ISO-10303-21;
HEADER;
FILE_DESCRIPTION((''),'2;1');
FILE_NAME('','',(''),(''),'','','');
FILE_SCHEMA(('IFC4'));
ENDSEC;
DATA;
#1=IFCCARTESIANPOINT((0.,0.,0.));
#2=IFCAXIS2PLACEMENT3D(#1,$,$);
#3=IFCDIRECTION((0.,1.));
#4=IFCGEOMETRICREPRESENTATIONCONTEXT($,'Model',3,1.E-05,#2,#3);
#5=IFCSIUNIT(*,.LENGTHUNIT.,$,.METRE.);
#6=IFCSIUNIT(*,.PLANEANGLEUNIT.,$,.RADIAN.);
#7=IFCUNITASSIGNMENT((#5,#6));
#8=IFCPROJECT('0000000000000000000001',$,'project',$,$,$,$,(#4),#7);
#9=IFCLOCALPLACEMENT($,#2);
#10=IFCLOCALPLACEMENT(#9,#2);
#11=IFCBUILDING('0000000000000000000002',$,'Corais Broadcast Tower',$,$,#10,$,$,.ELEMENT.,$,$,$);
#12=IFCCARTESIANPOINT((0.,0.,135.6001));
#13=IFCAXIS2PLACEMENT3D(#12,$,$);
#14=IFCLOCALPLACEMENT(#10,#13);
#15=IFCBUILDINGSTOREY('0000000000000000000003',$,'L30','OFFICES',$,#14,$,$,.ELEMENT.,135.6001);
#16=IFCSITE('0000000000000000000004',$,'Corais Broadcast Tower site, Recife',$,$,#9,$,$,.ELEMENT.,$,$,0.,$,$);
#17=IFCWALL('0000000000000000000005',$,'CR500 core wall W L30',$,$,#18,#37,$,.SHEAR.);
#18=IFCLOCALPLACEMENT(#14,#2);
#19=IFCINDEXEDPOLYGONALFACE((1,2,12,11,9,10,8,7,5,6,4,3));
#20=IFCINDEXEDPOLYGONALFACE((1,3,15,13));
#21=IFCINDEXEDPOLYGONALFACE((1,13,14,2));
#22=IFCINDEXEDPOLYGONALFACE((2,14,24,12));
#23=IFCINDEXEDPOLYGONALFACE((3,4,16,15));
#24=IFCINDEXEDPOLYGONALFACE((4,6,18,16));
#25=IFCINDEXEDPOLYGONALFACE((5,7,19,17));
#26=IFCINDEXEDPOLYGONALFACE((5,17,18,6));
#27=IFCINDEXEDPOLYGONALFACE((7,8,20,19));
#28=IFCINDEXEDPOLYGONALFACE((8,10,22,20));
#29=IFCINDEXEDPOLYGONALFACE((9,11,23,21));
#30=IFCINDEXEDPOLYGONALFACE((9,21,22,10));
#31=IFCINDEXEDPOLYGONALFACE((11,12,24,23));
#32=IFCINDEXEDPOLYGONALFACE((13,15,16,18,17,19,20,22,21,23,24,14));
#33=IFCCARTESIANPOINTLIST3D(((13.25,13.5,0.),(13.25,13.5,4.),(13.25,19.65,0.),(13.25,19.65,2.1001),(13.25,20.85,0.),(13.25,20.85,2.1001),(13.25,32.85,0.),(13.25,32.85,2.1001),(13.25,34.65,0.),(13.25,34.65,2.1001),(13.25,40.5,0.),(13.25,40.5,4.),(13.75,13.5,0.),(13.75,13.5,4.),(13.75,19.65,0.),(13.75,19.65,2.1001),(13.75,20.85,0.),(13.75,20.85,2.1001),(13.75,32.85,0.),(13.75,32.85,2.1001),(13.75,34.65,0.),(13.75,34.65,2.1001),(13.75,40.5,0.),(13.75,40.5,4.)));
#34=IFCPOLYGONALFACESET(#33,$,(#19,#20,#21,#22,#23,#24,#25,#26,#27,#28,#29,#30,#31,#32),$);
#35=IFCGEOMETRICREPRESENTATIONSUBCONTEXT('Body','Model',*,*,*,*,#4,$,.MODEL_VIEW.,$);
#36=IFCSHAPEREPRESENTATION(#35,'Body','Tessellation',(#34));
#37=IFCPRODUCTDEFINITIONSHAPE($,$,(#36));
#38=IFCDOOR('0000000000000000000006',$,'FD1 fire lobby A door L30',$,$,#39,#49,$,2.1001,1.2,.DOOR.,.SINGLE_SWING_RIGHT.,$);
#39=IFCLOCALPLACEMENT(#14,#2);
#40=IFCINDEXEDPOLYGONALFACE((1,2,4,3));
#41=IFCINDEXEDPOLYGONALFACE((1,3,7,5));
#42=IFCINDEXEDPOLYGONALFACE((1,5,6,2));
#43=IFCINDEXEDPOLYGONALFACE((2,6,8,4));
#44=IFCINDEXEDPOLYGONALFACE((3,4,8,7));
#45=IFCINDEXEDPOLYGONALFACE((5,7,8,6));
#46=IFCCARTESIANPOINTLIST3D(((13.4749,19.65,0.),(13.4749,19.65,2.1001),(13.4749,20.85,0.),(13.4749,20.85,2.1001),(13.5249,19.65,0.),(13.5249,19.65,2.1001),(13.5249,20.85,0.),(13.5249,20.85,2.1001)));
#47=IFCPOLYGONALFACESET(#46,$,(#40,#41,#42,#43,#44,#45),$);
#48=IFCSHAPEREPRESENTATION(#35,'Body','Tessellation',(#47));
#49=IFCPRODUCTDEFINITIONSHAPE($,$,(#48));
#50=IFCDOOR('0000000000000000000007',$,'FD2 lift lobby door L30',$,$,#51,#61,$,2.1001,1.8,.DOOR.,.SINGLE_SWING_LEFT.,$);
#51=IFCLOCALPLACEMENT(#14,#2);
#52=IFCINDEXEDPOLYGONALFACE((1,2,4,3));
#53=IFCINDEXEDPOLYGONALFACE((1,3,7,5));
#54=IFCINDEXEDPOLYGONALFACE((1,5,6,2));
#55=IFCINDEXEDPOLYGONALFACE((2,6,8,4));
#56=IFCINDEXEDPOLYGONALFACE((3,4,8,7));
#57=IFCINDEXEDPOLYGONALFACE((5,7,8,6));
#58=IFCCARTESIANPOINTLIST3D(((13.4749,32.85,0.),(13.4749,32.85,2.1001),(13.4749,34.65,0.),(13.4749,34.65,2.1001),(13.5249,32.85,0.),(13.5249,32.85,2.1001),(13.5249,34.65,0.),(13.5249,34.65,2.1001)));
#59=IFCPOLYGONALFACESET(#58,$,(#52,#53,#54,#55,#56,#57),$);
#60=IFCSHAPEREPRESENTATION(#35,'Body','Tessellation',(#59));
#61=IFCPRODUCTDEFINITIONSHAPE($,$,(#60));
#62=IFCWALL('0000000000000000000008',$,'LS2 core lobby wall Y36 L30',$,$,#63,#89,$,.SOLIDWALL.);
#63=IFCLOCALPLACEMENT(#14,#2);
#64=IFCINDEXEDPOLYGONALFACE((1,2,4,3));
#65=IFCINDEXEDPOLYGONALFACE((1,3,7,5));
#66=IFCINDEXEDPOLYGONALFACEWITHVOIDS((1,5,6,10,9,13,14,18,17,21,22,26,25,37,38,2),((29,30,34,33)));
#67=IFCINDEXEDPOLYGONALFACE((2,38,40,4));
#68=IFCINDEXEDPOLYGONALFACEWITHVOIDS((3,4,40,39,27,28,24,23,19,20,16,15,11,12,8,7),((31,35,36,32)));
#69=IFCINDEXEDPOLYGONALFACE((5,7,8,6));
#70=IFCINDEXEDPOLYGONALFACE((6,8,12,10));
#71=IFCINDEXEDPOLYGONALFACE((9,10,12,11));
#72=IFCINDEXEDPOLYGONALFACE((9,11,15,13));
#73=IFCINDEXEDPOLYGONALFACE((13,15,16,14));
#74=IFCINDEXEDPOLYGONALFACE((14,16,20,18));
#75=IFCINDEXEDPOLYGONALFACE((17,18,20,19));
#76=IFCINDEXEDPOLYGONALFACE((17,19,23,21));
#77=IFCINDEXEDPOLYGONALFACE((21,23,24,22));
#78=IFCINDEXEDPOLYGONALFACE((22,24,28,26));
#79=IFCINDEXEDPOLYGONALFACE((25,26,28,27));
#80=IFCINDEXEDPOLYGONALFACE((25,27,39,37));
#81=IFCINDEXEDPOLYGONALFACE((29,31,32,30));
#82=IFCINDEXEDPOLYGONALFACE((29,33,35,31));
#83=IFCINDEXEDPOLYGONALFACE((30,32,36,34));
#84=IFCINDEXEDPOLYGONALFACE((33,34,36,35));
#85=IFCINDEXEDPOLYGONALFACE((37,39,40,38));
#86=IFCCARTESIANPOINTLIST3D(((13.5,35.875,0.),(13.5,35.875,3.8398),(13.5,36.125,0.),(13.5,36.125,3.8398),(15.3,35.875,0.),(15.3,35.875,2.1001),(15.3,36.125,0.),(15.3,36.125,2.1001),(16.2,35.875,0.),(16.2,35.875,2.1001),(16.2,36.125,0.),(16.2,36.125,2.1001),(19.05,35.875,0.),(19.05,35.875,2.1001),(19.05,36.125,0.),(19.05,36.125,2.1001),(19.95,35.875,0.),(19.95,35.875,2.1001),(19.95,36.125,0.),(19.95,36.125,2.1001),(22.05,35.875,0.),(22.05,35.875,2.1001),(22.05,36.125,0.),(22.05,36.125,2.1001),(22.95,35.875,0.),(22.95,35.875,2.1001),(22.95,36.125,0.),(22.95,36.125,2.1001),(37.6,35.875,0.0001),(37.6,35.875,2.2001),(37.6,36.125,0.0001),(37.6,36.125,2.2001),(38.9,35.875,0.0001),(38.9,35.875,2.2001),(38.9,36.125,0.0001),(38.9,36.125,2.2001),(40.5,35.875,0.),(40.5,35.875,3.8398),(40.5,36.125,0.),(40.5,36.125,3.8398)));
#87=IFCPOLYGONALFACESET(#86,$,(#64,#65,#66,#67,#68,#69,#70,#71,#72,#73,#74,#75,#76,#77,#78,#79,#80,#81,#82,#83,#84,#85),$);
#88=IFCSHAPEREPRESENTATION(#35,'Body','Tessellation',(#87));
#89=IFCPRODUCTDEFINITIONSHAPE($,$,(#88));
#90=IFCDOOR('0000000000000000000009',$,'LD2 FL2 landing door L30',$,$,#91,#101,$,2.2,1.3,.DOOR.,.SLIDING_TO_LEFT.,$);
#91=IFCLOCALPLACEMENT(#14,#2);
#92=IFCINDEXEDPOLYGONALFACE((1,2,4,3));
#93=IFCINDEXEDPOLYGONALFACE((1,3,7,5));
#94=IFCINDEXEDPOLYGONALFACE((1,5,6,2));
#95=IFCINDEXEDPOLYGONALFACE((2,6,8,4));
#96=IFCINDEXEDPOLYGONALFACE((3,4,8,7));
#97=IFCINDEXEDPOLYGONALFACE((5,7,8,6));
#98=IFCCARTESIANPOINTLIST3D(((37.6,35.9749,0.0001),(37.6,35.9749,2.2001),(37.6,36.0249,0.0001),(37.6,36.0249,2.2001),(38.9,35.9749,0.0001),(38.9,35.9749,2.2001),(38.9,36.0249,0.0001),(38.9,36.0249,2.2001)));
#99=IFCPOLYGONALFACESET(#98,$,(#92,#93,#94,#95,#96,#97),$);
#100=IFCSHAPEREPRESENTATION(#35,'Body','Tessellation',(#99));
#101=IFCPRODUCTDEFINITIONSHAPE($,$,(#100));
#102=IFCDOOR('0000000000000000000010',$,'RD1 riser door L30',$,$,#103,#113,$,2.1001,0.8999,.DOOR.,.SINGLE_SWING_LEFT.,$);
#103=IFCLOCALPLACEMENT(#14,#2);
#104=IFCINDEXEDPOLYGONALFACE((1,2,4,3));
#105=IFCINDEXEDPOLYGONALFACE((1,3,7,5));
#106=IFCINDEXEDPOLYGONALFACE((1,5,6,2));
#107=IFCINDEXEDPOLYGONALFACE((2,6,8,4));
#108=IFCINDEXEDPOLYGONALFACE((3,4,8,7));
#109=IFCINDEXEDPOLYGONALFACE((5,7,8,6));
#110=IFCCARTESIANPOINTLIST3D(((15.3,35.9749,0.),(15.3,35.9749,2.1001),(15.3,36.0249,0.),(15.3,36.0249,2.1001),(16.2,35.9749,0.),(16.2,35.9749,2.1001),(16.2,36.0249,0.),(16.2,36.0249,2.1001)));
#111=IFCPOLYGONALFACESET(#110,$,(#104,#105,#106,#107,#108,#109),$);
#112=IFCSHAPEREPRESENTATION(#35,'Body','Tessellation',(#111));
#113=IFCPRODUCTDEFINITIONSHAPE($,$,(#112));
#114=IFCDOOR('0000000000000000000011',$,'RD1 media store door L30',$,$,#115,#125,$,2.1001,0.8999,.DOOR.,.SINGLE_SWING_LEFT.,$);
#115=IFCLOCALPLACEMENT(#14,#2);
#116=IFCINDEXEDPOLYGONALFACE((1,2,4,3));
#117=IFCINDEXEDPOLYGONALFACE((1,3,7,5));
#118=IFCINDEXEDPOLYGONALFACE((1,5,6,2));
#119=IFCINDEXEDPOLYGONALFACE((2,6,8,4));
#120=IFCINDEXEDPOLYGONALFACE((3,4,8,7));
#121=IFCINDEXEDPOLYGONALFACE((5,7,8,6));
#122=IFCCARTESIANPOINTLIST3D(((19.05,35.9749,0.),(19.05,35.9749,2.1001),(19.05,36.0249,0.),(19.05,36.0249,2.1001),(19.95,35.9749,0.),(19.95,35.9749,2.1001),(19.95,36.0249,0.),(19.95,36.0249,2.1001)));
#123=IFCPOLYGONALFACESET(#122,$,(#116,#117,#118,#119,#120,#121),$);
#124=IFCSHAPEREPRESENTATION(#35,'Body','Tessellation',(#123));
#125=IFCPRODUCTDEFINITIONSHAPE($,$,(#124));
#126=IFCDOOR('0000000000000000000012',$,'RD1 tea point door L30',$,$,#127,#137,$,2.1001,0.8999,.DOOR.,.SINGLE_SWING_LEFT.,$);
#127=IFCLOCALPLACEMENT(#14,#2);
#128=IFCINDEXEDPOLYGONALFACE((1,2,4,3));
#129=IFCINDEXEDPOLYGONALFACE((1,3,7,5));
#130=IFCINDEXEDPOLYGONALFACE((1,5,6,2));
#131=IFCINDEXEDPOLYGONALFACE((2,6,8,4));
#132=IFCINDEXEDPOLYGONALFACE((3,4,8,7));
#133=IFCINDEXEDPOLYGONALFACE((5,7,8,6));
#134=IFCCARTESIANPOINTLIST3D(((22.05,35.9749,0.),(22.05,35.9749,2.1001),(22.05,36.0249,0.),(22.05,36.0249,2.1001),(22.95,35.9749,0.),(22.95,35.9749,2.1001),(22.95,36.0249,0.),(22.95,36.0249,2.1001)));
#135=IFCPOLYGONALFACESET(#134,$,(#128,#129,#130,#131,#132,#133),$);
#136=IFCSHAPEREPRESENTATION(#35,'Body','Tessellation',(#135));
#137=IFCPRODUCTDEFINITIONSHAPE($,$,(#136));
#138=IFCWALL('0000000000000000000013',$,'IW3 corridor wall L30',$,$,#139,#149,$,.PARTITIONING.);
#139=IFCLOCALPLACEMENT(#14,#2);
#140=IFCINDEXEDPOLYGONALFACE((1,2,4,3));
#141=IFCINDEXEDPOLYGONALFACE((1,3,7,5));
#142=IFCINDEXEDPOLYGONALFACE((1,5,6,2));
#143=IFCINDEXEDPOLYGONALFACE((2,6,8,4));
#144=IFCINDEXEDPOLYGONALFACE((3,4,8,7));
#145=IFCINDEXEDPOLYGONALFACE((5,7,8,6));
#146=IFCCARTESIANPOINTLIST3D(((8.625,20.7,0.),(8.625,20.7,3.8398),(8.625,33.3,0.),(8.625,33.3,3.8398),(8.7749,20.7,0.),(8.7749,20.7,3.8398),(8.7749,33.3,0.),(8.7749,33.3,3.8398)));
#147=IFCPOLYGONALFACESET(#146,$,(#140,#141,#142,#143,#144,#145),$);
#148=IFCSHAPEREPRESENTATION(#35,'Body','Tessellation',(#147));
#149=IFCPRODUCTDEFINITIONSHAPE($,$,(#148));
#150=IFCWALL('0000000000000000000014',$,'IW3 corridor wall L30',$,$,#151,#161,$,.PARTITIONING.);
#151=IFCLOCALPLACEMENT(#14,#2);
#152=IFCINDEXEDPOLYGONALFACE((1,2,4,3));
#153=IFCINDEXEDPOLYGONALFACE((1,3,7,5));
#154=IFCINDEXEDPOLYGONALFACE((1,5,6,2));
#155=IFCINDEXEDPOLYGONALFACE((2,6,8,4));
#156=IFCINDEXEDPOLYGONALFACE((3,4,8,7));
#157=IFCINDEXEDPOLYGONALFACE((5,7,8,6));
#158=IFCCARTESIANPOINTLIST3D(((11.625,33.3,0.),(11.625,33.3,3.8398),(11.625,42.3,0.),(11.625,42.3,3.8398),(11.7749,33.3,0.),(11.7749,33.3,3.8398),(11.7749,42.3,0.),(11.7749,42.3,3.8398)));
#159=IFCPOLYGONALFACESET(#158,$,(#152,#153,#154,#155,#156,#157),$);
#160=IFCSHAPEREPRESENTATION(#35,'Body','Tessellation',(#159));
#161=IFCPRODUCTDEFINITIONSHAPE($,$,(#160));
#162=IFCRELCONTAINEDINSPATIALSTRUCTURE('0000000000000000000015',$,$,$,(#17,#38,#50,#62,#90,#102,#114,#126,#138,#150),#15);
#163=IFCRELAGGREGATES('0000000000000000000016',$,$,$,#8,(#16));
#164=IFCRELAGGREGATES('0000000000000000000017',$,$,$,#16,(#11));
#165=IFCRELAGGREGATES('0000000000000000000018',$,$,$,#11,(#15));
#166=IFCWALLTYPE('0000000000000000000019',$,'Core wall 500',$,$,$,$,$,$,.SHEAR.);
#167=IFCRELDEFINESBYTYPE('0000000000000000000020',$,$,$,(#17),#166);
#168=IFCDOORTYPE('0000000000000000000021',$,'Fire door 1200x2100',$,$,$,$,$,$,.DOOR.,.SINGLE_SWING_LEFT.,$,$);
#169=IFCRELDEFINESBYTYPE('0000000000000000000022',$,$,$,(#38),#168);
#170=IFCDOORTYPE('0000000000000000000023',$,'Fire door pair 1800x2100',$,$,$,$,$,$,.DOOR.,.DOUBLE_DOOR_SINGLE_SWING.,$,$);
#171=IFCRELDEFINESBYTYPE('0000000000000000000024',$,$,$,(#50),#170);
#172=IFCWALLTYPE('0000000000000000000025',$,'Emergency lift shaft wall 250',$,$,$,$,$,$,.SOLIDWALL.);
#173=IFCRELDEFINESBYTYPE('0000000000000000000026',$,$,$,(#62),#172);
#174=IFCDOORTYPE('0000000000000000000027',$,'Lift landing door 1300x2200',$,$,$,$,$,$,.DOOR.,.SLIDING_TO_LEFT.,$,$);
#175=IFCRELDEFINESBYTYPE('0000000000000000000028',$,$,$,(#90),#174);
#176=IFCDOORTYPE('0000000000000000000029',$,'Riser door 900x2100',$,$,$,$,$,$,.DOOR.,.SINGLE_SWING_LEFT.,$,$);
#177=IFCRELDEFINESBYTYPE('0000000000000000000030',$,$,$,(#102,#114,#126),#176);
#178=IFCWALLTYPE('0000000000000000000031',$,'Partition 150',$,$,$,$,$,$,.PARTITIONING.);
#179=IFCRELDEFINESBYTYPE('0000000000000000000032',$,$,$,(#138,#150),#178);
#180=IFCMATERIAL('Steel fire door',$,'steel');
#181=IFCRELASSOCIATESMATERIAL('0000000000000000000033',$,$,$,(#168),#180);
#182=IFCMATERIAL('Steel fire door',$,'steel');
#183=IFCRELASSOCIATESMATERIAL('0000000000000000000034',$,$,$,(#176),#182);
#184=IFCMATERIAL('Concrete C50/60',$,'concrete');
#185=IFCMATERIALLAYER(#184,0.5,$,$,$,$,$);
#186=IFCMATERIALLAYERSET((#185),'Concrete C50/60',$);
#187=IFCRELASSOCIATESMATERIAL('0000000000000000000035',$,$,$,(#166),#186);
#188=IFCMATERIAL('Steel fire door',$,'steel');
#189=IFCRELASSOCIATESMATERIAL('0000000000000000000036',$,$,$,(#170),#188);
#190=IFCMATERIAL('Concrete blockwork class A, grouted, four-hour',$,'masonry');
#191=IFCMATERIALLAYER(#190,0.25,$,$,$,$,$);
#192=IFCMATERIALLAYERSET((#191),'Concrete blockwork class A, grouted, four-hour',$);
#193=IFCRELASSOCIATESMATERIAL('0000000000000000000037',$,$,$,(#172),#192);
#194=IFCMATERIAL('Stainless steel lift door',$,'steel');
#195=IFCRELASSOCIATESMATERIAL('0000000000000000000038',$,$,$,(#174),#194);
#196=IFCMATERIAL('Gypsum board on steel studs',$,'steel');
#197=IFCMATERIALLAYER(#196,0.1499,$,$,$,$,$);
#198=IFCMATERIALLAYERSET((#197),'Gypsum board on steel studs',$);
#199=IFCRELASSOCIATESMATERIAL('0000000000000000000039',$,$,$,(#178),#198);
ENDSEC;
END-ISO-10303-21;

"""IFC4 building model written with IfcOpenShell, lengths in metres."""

from ifc_helpers import new_model, si_unit, direction, frame, frame_2d, origin, place, context, subcontext, project, spatial, rectangle, extrude, material, layer, layer_set, type_object, element, fill, save


model = new_model("IFC4")

# Units and contexts
model_context = context("Model", 3, precision=1e-05, world=origin(), true_north=direction((0.0, 1.0)))
body_context = subcontext(model_context, "Body", "Model", "MODEL_VIEW")
ifc_project = project(units=[si_unit("LENGTHUNIT", "METRE"), si_unit("PLANEANGLEUNIT", "RADIAN")], contexts=[model_context])

# Site, building, storey
site_placement = place(None, origin())
site = spatial("IfcSite", under=ifc_project, at=site_placement, Name="Corais Broadcast Tower site, Recife", CompositionType="ELEMENT", RefElevation=0.0)
building_placement = place(site_placement, origin())
building = spatial("IfcBuilding", under=site, at=building_placement, Name="Corais Broadcast Tower", CompositionType="ELEMENT")
storey_placement = place(building_placement, frame((0.0, 0.0, 135.6001)))
storey = spatial("IfcBuildingStorey", under=building, at=storey_placement, Name="L30", Description="OFFICES", CompositionType="ELEMENT", Elevation=135.6001)

# Walls, openings, doors
ifc_material_1 = material(Name="Steel fire door", Category="steel")
door_type_1 = type_object("IfcDoorType", Name="Fire door 1200x2100", OperationType="SINGLE_SWING_LEFT", PredefinedType="DOOR", material=ifc_material_1)
ifc_material_2 = material(Name="Steel fire door", Category="steel")
door_type_2 = type_object("IfcDoorType", Name="Riser door 900x2100", OperationType="SINGLE_SWING_LEFT", PredefinedType="DOOR", material=ifc_material_2)
ifc_material_3 = material(Name="Concrete C50/60", Category="concrete")
ifc_layer_1 = layer(ifc_material_3, 0.5)
ifc_layer_set_1 = layer_set([ifc_layer_1], Name="Concrete C50/60")
wall_type_1 = type_object("IfcWallType", Name="Core wall 500", PredefinedType="SHEAR", material=ifc_layer_set_1)
wall_1_placement = place(storey_placement, frame((13.5, 40.5, 0.0), z_axis=(0.0, 0.0, 1.0), x_axis=(0.0, -1.0, 0.0)))
wall_1 = element("IfcWall", 1, at=wall_1_placement, inside=storey, type_object=wall_type_1, Name="CR500 core wall W L30", PredefinedType="SHEAR", context=body_context, shape_type="SweptSolid", body=[
    extrude(rectangle(XDim=27.0, YDim=0.5, at=frame_2d((13.5, 0.0))), origin(), (0.0, 0.0, 1.0), 4.0),
])
opening_1_placement = place(wall_1_placement, frame((19.6499, 0.0, 0.0)))
opening_1 = element("IfcOpeningElement", 2, at=opening_1_placement, cuts=wall_1, PredefinedType="OPENING", context=body_context, shape_type="SweptSolid", body=[
    extrude(rectangle(XDim=1.2, YDim=2.1001, at=frame_2d((0.6001, 1.05))), frame((0.0, 0.26, 0.0), z_axis=(0.0, -1.0, 0.0), x_axis=(1.0, 0.0, 0.0)), (0.0, 0.0, 1.0), 0.52),
])
opening_2_placement = place(wall_1_placement, frame((5.8501, 0.0, 0.0)))
opening_2 = element("IfcOpeningElement", 3, at=opening_2_placement, cuts=wall_1, PredefinedType="OPENING", context=body_context, shape_type="SweptSolid", body=[
    extrude(rectangle(XDim=1.8, YDim=2.1001, at=frame_2d((0.8999, 1.05))), frame((0.0, 0.26, 0.0), z_axis=(0.0, -1.0, 0.0), x_axis=(1.0, 0.0, 0.0)), (0.0, 0.0, 1.0), 0.52),
])
door_1_placement = place(opening_1_placement, origin())
door_1 = element("IfcDoor", 4, at=door_1_placement, inside=storey, type_object=door_type_1, Name="FD1 fire lobby A door L30", OperationType="SINGLE_SWING_RIGHT", OverallHeight=2.1001, OverallWidth=1.2, PredefinedType="DOOR", context=body_context, shape_type="SweptSolid", body=[
    extrude(rectangle(XDim=1.2, YDim=2.1001, at=frame_2d((0.6001, 1.05))), frame((0.0, 0.0249, 0.0), z_axis=(0.0, -1.0, 0.0), x_axis=(1.0, 0.0, 0.0)), (0.0, 0.0, 1.0), 0.05),
])
fill(opening_1, door_1)
ifc_material_4 = material(Name="Steel fire door", Category="steel")
door_type_3 = type_object("IfcDoorType", Name="Fire door pair 1800x2100", OperationType="DOUBLE_DOOR_SINGLE_SWING", PredefinedType="DOOR", material=ifc_material_4)
door_2_placement = place(opening_2_placement, origin())
door_2 = element("IfcDoor", 5, at=door_2_placement, inside=storey, type_object=door_type_3, Name="FD2 lift lobby door L30", OperationType="SINGLE_SWING_LEFT", OverallHeight=2.1001, OverallWidth=1.8, PredefinedType="DOOR", context=body_context, shape_type="SweptSolid", body=[
    extrude(rectangle(XDim=1.8, YDim=2.1001, at=frame_2d((0.8999, 1.05))), frame((0.0, 0.0249, 0.0), z_axis=(0.0, -1.0, 0.0), x_axis=(1.0, 0.0, 0.0)), (0.0, 0.0, 1.0), 0.05),
])
fill(opening_2, door_2)
ifc_material_5 = material(Name="Concrete blockwork class A, grouted, four-hour", Category="masonry")
ifc_layer_2 = layer(ifc_material_5, 0.25)
ifc_layer_set_2 = layer_set([ifc_layer_2], Name="Concrete blockwork class A, grouted, four-hour")
wall_type_2 = type_object("IfcWallType", Name="Emergency lift shaft wall 250", PredefinedType="SOLIDWALL", material=ifc_layer_set_2)
wall_2_placement = place(storey_placement, frame((13.5, 36.0, 0.0), z_axis=(0.0, 0.0, 1.0), x_axis=(1.0, 0.0, 0.0)))
wall_2 = element("IfcWall", 6, at=wall_2_placement, inside=storey, type_object=wall_type_2, Name="LS2 core lobby wall Y36 L30", PredefinedType="SOLIDWALL", context=body_context, shape_type="SweptSolid", body=[
    extrude(rectangle(XDim=27.0, YDim=0.25, at=frame_2d((13.5, 0.0))), origin(), (0.0, 0.0, 1.0), 3.8398),
])
opening_3_placement = place(wall_2_placement, frame((1.8, 0.0, 0.0)))
opening_3 = element("IfcOpeningElement", 7, at=opening_3_placement, cuts=wall_2, PredefinedType="OPENING", context=body_context, shape_type="SweptSolid", body=[
    extrude(rectangle(XDim=0.8999, YDim=2.1001, at=frame_2d((0.45, 1.05))), frame((0.0, 0.135, 0.0), z_axis=(0.0, -1.0, 0.0), x_axis=(1.0, 0.0, 0.0)), (0.0, 0.0, 1.0), 0.27),
])
opening_4_placement = place(wall_2_placement, frame((5.55, 0.0, 0.0)))
opening_4 = element("IfcOpeningElement", 8, at=opening_4_placement, cuts=wall_2, PredefinedType="OPENING", context=body_context, shape_type="SweptSolid", body=[
    extrude(rectangle(XDim=0.8999, YDim=2.1001, at=frame_2d((0.45, 1.05))), frame((0.0, 0.135, 0.0), z_axis=(0.0, -1.0, 0.0), x_axis=(1.0, 0.0, 0.0)), (0.0, 0.0, 1.0), 0.27),
])
opening_5_placement = place(wall_2_placement, frame((8.55, 0.0, 0.0)))
opening_5 = element("IfcOpeningElement", 9, at=opening_5_placement, cuts=wall_2, PredefinedType="OPENING", context=body_context, shape_type="SweptSolid", body=[
    extrude(rectangle(XDim=0.8999, YDim=2.1001, at=frame_2d((0.45, 1.05))), frame((0.0, 0.135, 0.0), z_axis=(0.0, -1.0, 0.0), x_axis=(1.0, 0.0, 0.0)), (0.0, 0.0, 1.0), 0.27),
])
opening_6_placement = place(wall_2_placement, frame((24.1001, 0.0, 0.0)))
opening_6 = element("IfcOpeningElement", 10, at=opening_6_placement, cuts=wall_2, PredefinedType="OPENING", context=body_context, shape_type="SweptSolid", body=[
    extrude(rectangle(XDim=1.3, YDim=2.2, at=frame_2d((0.6499, 1.1001))), frame((0.0, 0.135, 0.0), z_axis=(0.0, -1.0, 0.0), x_axis=(1.0, 0.0, 0.0)), (0.0, 0.0, 1.0), 0.27),
])
ifc_material_6 = material(Name="Stainless steel lift door", Category="steel")
door_type_4 = type_object("IfcDoorType", Name="Lift landing door 1300x2200", OperationType="SLIDING_TO_LEFT", PredefinedType="DOOR", material=ifc_material_6)
door_3_placement = place(opening_6_placement, origin())
door_3 = element("IfcDoor", 11, at=door_3_placement, inside=storey, type_object=door_type_4, Name="LD2 FL2 landing door L30", OperationType="SLIDING_TO_LEFT", OverallHeight=2.2, OverallWidth=1.3, PredefinedType="DOOR", context=body_context, shape_type="SweptSolid", body=[
    extrude(rectangle(XDim=1.3, YDim=2.2, at=frame_2d((0.6499, 1.1001))), frame((0.0, 0.0249, 0.0), z_axis=(0.0, -1.0, 0.0), x_axis=(1.0, 0.0, 0.0)), (0.0, 0.0, 1.0), 0.05),
])
fill(opening_6, door_3)
door_4_placement = place(opening_3_placement, origin())
door_4 = element("IfcDoor", 12, at=door_4_placement, inside=storey, type_object=door_type_2, Name="RD1 riser door L30", OperationType="SINGLE_SWING_LEFT", OverallHeight=2.1001, OverallWidth=0.8999, PredefinedType="DOOR", context=body_context, shape_type="SweptSolid", body=[
    extrude(rectangle(XDim=0.8999, YDim=2.1001, at=frame_2d((0.45, 1.05))), frame((0.0, 0.0249, 0.0), z_axis=(0.0, -1.0, 0.0), x_axis=(1.0, 0.0, 0.0)), (0.0, 0.0, 1.0), 0.05),
])
fill(opening_3, door_4)
door_5_placement = place(opening_4_placement, origin())
door_5 = element("IfcDoor", 13, at=door_5_placement, inside=storey, type_object=door_type_2, Name="RD1 media store door L30", OperationType="SINGLE_SWING_LEFT", OverallHeight=2.1001, OverallWidth=0.8999, PredefinedType="DOOR", context=body_context, shape_type="SweptSolid", body=[
    extrude(rectangle(XDim=0.8999, YDim=2.1001, at=frame_2d((0.45, 1.05))), frame((0.0, 0.0249, 0.0), z_axis=(0.0, -1.0, 0.0), x_axis=(1.0, 0.0, 0.0)), (0.0, 0.0, 1.0), 0.05),
])
fill(opening_4, door_5)
door_6_placement = place(opening_5_placement, origin())
door_6 = element("IfcDoor", 14, at=door_6_placement, inside=storey, type_object=door_type_2, Name="RD1 tea point door L30", OperationType="SINGLE_SWING_LEFT", OverallHeight=2.1001, OverallWidth=0.8999, PredefinedType="DOOR", context=body_context, shape_type="SweptSolid", body=[
    extrude(rectangle(XDim=0.8999, YDim=2.1001, at=frame_2d((0.45, 1.05))), frame((0.0, 0.0249, 0.0), z_axis=(0.0, -1.0, 0.0), x_axis=(1.0, 0.0, 0.0)), (0.0, 0.0, 1.0), 0.05),
])
fill(opening_5, door_6)

# Walls
ifc_material_7 = material(Name="Gypsum board on steel studs", Category="steel")
ifc_layer_3 = layer(ifc_material_7, 0.1499)
ifc_layer_set_3 = layer_set([ifc_layer_3], Name="Gypsum board on steel studs")
wall_type_3 = type_object("IfcWallType", Name="Partition 150", PredefinedType="PARTITIONING", material=ifc_layer_set_3)
wall_3_placement = place(storey_placement, frame((8.7, 33.3, 0.0), z_axis=(0.0, 0.0, 1.0), x_axis=(0.0, -1.0, 0.0)))
element("IfcWall", 15, at=wall_3_placement, inside=storey, type_object=wall_type_3, Name="IW3 corridor wall L30", PredefinedType="PARTITIONING", context=body_context, shape_type="SweptSolid", body=[
    extrude(rectangle(XDim=12.6001, YDim=0.1499, at=frame_2d((6.3, 0.0))), origin(), (0.0, 0.0, 1.0), 3.8398),
])
wall_4_placement = place(storey_placement, frame((11.7, 42.3, 0.0), z_axis=(0.0, 0.0, 1.0), x_axis=(0.0, -1.0, 0.0)))
element("IfcWall", 16, at=wall_4_placement, inside=storey, type_object=wall_type_3, Name="IW3 corridor wall L30", PredefinedType="PARTITIONING", context=body_context, shape_type="SweptSolid", body=[
    extrude(rectangle(XDim=9.0, YDim=0.1499, at=frame_2d((4.5, 0.0))), origin(), (0.0, 0.0, 1.0), 3.8398),
])

save(model, "model.ifc")
